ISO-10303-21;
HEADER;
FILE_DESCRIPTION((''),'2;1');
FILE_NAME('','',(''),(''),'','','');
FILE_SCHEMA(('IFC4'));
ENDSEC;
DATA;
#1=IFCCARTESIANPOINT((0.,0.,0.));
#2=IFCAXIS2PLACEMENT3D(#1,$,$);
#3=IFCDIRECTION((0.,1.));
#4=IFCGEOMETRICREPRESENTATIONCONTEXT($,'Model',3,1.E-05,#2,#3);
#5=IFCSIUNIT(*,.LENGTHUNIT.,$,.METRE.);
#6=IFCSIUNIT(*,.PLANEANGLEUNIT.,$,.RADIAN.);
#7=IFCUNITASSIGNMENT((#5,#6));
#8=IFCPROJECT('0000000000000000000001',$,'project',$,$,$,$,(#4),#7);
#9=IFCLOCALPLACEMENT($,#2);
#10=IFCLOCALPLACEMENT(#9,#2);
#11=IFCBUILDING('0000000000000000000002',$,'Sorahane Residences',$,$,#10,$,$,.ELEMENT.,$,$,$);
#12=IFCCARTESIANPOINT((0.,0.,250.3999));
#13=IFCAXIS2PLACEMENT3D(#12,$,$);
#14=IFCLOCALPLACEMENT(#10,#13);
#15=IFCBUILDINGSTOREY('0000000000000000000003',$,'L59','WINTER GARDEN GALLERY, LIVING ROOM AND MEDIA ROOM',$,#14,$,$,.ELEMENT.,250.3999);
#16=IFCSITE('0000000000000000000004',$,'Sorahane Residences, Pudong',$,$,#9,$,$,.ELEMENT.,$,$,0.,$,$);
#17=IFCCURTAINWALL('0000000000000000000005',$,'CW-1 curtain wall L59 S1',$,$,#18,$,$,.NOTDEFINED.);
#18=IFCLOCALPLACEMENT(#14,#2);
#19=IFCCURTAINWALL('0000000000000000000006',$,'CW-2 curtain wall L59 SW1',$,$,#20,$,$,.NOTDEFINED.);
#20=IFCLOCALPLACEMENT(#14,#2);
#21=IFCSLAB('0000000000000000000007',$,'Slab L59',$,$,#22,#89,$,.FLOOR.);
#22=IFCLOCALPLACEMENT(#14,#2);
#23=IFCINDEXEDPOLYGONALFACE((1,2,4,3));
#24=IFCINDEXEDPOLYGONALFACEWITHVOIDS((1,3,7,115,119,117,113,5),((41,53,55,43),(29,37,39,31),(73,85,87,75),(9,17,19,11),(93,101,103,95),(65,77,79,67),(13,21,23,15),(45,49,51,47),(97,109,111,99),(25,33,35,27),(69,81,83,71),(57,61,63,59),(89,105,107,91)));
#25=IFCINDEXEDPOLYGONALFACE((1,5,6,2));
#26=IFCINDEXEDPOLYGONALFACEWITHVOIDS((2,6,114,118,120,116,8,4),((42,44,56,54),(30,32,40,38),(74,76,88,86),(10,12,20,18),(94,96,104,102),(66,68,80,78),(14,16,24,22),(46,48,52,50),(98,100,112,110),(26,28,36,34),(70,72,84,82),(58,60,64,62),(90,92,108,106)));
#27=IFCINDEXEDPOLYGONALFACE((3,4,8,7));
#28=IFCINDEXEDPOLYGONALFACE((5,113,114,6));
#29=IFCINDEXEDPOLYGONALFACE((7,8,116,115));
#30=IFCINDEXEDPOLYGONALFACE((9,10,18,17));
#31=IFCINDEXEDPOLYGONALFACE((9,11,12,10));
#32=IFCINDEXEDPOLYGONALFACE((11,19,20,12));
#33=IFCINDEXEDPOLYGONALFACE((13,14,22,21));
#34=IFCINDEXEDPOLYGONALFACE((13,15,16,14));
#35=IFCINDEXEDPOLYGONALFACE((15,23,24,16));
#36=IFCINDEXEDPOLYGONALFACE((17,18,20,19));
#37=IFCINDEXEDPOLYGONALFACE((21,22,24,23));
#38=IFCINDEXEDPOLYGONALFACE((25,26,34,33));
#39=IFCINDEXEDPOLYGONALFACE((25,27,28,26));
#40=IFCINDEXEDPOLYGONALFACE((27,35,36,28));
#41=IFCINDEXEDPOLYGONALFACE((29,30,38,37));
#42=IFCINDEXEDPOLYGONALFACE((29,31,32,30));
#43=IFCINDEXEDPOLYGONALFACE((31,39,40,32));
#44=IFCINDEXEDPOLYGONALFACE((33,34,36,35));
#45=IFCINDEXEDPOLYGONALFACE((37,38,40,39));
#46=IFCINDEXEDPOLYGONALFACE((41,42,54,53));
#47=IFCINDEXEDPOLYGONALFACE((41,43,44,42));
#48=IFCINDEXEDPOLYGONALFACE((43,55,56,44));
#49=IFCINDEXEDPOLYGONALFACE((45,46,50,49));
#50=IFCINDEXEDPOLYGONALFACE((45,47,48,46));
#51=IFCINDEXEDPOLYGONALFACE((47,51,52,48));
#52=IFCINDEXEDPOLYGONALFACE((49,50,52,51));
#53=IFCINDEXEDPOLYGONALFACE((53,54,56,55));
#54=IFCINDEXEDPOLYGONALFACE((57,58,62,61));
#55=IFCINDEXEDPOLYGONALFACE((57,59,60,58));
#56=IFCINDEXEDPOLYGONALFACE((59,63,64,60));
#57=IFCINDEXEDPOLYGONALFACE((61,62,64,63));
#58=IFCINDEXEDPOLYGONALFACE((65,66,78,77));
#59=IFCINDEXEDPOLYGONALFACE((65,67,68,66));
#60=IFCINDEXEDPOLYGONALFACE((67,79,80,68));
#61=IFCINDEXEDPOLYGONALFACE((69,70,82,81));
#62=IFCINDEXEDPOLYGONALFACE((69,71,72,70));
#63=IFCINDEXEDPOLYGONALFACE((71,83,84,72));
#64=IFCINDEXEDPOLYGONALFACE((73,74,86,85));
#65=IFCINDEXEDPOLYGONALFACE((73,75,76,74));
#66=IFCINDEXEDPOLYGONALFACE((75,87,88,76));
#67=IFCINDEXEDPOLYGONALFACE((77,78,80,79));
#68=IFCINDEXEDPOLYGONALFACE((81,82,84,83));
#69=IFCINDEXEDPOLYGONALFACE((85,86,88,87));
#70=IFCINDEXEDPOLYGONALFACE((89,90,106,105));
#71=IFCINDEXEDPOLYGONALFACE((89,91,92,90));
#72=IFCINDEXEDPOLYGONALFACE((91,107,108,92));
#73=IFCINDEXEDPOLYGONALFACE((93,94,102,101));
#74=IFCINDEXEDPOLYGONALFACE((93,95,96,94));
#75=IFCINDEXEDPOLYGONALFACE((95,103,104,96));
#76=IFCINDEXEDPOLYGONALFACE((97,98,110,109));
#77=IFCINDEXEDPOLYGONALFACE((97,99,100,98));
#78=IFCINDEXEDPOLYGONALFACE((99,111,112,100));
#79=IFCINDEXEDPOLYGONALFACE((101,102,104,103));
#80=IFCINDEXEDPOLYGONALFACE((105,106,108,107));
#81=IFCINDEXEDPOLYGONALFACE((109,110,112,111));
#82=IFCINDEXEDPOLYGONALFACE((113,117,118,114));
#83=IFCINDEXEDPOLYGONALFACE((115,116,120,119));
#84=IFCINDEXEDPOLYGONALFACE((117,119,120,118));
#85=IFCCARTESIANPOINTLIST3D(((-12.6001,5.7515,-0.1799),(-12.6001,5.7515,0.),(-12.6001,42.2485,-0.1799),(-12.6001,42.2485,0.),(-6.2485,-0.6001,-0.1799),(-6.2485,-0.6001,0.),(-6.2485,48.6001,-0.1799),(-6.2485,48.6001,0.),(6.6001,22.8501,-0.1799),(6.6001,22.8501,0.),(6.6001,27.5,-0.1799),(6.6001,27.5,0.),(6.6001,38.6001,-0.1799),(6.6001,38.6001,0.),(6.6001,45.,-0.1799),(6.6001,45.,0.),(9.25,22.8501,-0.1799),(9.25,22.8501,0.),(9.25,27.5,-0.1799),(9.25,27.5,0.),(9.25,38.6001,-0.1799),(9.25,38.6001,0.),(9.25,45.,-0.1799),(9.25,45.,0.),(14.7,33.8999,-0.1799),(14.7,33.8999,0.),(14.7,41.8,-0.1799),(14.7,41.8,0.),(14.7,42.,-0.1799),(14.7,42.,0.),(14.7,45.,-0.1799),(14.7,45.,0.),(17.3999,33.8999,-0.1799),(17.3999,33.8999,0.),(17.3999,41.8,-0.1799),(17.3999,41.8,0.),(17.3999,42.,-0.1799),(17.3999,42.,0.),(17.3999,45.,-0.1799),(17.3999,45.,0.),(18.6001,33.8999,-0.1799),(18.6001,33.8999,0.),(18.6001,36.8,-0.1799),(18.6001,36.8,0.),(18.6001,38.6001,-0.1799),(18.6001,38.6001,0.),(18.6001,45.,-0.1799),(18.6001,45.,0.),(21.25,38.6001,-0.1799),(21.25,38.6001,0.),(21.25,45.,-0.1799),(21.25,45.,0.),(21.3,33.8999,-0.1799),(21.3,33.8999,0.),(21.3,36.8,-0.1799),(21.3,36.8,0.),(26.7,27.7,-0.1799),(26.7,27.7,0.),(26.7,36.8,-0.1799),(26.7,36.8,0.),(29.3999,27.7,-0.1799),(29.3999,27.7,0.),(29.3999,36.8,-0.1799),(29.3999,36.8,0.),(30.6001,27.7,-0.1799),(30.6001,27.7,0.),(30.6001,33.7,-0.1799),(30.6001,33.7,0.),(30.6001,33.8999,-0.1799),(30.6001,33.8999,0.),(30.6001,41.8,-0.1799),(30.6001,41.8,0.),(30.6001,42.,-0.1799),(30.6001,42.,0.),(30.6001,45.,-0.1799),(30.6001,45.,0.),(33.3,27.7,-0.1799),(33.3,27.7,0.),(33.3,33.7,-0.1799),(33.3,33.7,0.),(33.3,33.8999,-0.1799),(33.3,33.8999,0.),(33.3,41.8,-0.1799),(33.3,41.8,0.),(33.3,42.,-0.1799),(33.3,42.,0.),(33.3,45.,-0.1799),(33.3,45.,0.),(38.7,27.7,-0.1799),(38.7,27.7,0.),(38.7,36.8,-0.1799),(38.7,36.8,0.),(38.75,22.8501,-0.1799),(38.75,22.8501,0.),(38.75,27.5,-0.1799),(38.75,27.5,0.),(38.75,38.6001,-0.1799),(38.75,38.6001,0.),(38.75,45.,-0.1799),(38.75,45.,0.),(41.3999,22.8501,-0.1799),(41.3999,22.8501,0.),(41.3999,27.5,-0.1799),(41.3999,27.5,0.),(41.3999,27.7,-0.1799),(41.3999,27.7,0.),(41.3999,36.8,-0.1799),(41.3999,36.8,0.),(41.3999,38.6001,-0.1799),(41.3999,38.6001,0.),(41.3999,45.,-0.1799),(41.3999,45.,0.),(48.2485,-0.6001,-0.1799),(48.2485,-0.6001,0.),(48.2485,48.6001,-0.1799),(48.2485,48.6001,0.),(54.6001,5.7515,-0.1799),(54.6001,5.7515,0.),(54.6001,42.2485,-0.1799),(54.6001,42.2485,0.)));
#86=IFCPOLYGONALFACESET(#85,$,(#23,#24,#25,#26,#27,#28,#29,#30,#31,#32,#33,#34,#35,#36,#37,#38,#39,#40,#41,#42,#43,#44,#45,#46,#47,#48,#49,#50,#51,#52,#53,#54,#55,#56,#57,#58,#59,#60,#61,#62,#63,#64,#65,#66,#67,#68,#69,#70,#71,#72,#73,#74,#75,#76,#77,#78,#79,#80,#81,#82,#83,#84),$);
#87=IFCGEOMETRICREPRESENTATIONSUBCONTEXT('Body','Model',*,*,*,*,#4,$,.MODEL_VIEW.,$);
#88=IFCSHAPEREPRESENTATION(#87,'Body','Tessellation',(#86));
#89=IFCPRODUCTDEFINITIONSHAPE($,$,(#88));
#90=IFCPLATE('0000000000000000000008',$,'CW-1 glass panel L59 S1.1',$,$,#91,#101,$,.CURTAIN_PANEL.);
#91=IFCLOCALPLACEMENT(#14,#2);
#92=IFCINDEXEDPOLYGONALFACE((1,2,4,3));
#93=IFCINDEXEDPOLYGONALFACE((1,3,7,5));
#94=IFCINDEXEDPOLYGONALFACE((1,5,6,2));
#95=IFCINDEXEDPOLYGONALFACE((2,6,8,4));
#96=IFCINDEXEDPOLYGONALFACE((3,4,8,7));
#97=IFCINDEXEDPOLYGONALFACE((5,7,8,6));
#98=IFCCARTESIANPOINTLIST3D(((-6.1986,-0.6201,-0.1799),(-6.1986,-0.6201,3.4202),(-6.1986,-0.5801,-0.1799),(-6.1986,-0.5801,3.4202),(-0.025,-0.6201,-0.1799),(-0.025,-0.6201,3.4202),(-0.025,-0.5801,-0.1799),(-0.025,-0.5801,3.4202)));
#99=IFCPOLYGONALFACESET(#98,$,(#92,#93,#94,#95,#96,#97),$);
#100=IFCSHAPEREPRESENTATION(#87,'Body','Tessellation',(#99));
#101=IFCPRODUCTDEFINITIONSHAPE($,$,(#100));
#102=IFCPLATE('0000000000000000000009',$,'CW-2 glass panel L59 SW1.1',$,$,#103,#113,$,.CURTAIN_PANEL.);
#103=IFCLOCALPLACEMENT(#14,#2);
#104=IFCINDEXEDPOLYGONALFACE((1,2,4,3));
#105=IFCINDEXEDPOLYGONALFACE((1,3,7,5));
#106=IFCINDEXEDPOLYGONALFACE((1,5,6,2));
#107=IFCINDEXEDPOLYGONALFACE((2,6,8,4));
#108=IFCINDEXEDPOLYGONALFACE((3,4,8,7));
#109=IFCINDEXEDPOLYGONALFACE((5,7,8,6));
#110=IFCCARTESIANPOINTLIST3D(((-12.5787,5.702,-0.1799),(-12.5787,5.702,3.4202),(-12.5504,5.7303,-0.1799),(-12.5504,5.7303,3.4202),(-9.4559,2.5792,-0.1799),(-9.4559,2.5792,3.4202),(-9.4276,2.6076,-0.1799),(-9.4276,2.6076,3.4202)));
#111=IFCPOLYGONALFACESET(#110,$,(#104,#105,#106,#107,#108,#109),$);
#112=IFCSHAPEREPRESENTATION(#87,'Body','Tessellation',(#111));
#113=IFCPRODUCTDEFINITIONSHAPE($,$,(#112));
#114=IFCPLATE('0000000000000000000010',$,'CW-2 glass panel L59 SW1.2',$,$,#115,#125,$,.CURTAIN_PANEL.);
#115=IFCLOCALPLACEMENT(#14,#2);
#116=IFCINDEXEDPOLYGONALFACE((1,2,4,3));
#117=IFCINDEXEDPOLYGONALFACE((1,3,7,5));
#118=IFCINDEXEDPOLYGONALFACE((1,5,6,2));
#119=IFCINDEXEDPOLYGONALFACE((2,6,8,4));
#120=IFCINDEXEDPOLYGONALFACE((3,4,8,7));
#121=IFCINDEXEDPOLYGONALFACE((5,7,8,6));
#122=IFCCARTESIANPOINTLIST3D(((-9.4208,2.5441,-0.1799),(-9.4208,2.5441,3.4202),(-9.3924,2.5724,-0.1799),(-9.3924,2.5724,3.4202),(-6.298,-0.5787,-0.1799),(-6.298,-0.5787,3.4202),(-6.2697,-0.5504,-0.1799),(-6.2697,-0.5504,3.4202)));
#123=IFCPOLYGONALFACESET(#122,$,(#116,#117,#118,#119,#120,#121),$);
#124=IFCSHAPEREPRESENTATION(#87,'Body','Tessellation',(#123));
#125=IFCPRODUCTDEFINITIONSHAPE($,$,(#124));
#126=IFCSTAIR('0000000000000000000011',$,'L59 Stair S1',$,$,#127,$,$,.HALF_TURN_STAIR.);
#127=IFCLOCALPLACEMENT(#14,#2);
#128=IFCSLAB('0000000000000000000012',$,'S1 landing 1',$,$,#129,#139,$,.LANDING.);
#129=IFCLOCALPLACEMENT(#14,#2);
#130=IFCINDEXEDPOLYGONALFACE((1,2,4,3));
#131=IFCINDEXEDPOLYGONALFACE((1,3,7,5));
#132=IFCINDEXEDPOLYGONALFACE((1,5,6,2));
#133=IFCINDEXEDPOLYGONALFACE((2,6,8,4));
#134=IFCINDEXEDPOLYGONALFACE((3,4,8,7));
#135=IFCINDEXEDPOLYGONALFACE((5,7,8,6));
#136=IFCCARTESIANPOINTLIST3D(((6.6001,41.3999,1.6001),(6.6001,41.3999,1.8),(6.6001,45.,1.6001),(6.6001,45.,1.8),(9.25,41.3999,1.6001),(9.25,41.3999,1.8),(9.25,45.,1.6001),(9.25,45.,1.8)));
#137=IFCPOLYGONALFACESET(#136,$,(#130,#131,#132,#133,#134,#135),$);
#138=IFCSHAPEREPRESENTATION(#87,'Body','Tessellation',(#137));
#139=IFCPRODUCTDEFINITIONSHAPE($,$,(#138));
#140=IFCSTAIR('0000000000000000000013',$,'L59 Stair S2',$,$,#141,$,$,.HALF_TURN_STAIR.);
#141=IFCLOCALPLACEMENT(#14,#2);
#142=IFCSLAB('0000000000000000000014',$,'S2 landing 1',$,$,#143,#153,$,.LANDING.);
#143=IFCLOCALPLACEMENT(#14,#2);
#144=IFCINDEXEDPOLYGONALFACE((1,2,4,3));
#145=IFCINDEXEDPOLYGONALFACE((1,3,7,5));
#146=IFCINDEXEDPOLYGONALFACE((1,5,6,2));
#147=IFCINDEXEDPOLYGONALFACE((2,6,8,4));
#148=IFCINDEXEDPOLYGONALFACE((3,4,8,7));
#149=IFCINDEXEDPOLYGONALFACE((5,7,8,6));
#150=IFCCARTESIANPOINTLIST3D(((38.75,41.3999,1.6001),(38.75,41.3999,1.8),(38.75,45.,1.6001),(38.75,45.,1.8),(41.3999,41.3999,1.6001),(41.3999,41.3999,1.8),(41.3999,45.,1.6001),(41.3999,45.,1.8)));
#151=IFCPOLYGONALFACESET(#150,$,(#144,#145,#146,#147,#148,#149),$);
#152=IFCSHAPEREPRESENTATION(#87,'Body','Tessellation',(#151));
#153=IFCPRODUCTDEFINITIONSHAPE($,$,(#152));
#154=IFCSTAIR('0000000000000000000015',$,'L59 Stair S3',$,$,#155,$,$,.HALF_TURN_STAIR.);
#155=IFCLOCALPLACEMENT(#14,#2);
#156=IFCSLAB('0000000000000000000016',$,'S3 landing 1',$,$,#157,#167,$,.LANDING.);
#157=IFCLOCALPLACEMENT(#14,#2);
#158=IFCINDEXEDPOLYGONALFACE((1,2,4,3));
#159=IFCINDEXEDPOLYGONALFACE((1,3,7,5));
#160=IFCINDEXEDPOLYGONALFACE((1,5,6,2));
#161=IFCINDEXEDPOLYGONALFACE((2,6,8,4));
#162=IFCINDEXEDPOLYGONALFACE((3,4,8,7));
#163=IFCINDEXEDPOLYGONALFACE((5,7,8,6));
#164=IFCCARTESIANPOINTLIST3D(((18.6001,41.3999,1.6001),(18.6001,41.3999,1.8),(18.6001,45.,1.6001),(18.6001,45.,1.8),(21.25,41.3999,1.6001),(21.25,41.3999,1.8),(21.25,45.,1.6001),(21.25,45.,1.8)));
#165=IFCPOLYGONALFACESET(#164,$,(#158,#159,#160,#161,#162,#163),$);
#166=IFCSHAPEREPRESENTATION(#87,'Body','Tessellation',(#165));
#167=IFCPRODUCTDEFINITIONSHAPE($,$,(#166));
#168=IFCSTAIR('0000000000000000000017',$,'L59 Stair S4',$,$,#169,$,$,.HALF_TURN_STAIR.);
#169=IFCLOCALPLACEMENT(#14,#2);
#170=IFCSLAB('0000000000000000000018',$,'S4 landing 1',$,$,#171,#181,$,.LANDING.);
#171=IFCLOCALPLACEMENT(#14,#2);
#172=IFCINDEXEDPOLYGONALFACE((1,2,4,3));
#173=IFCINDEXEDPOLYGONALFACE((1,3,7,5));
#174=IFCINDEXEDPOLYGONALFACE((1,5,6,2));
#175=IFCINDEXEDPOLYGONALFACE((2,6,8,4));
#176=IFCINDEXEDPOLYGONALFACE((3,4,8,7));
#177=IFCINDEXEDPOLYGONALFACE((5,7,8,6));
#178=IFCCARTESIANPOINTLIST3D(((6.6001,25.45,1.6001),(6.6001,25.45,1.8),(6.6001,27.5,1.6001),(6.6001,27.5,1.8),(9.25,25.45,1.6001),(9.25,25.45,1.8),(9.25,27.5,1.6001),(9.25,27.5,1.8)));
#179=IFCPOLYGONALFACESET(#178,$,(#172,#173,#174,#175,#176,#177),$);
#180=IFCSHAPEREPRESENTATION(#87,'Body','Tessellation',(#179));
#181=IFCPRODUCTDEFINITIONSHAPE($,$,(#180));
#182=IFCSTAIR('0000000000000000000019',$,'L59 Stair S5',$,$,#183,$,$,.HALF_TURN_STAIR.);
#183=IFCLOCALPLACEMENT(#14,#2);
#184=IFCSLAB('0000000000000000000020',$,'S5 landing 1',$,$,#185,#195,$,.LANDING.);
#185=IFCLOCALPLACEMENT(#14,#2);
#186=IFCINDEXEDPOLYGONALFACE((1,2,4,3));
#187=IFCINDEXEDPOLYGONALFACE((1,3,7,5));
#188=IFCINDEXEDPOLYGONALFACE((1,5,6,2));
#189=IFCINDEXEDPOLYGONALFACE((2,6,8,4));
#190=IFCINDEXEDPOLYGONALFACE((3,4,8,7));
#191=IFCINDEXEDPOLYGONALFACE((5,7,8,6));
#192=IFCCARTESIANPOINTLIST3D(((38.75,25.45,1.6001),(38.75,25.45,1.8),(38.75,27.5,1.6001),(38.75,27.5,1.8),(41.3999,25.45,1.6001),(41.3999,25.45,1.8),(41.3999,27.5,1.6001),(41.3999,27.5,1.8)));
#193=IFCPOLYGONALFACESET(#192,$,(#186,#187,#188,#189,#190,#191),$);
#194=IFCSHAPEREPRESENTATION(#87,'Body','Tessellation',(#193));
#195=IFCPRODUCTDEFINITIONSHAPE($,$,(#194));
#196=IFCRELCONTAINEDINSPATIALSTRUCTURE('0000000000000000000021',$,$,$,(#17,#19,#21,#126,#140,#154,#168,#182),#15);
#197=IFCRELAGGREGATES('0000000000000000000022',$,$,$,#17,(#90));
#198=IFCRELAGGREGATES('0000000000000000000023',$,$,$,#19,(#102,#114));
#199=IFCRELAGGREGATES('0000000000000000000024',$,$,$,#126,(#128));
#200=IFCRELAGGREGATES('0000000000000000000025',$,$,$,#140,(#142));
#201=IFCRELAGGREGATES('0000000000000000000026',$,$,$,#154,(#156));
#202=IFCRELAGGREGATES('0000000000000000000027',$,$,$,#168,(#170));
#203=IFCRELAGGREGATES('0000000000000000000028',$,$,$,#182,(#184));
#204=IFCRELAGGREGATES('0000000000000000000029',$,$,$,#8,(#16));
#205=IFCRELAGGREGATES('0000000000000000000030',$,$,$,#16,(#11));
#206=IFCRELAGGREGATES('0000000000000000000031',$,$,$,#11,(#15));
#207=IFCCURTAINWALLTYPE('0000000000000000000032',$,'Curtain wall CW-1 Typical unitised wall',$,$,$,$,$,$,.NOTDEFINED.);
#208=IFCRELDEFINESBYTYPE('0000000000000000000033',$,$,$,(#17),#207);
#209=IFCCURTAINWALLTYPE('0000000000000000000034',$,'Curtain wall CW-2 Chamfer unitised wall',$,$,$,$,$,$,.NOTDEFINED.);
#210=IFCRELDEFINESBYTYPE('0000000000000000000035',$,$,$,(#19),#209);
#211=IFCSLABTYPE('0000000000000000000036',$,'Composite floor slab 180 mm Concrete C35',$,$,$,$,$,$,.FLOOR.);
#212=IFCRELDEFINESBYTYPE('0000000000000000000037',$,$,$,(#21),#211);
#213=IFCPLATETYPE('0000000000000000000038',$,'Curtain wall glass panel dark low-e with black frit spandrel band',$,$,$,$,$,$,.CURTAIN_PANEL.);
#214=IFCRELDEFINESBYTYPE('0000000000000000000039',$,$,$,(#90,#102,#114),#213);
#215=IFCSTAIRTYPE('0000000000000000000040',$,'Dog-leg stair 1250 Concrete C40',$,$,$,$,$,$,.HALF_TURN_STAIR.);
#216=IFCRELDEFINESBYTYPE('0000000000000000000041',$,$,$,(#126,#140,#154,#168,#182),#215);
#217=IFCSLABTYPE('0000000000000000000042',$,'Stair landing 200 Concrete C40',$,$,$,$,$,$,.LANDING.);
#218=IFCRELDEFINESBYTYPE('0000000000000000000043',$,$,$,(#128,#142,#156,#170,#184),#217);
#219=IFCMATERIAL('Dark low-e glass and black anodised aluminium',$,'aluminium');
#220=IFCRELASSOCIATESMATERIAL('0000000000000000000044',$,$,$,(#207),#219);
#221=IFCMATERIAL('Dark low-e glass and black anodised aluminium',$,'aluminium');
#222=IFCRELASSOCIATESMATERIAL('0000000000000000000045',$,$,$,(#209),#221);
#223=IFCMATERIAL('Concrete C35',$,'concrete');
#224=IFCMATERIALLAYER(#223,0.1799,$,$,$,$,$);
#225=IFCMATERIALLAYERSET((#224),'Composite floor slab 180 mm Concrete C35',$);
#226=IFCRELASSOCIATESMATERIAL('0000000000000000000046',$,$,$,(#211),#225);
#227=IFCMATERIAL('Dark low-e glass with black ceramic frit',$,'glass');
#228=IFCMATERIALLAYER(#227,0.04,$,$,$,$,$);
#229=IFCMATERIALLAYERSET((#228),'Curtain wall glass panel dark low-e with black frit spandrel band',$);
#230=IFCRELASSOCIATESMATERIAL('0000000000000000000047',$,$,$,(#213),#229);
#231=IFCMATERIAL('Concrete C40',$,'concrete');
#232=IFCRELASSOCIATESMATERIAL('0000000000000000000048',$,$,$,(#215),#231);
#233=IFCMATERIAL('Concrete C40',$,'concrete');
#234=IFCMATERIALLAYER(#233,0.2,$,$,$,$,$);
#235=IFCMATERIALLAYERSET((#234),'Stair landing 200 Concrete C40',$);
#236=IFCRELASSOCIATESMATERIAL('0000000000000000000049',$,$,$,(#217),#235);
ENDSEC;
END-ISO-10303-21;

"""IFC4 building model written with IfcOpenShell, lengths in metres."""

from ifc_helpers import new_model, si_unit, direction, frame, origin, origin_2d, place, context, subcontext, project, spatial, polyline, rectangle, outline, extrude, material, layer, layer_set, type_object, element, aggregate, save


model = new_model("IFC4")

# Units and contexts
model_context = context("Model", 3, precision=1e-05, world=origin(), true_north=direction((0.0, 1.0)))
body_context = subcontext(model_context, "Body", "Model", "MODEL_VIEW")
ifc_project = project(units=[si_unit("LENGTHUNIT", "METRE"), si_unit("PLANEANGLEUNIT", "RADIAN")], contexts=[model_context])

# Site, building, storey
site_placement = place(None, origin())
site = spatial("IfcSite", under=ifc_project, at=site_placement, Name="Sorahane Residences, Pudong", CompositionType="ELEMENT", RefElevation=0.0)
building_placement = place(site_placement, origin())
building = spatial("IfcBuilding", under=site, at=building_placement, Name="Sorahane Residences", CompositionType="ELEMENT")
storey_placement = place(building_placement, frame((0.0, 0.0, 250.3999)))
storey = spatial("IfcBuildingStorey", under=building, at=storey_placement, Name="L59", Description="WINTER GARDEN GALLERY, LIVING ROOM AND MEDIA ROOM", CompositionType="ELEMENT", Elevation=250.3999)

# Curtain wall
ifc_material_1 = material(Name="Dark low-e glass and black anodised aluminium", Category="aluminium")
curtain_wall_type_1 = type_object("IfcCurtainWallType", Name="Curtain wall CW-1 Typical unitised wall", PredefinedType="NOTDEFINED", material=ifc_material_1)
curtain_wall_1_placement = place(storey_placement, origin())
curtain_wall_1 = element("IfcCurtainWall", 1, at=curtain_wall_1_placement, inside=storey, type_object=curtain_wall_type_1, Name="CW-1 curtain wall L59 S1", PredefinedType="NOTDEFINED")

# Curtain wall
ifc_material_2 = material(Name="Dark low-e glass and black anodised aluminium", Category="aluminium")
curtain_wall_type_2 = type_object("IfcCurtainWallType", Name="Curtain wall CW-2 Chamfer unitised wall", PredefinedType="NOTDEFINED", material=ifc_material_2)
curtain_wall_2_placement = place(storey_placement, origin())
curtain_wall_2 = element("IfcCurtainWall", 2, at=curtain_wall_2_placement, inside=storey, type_object=curtain_wall_type_2, Name="CW-2 curtain wall L59 SW1", PredefinedType="NOTDEFINED")

# Slab
ifc_material_3 = material(Name="Concrete C35", Category="concrete")
ifc_layer_1 = layer(ifc_material_3, 0.1799)
ifc_layer_set_1 = layer_set([ifc_layer_1], Name="Composite floor slab 180 mm Concrete C35")
slab_type_1 = type_object("IfcSlabType", Name="Composite floor slab 180 mm Concrete C35", PredefinedType="FLOOR", material=ifc_layer_set_1)
slab_1_placement = place(storey_placement, frame((0.0, 0.0, -0.1799)))
element("IfcSlab", 3, at=slab_1_placement, inside=storey, type_object=slab_type_1, Name="Slab L59", PredefinedType="FLOOR", context=body_context, shape_type="SweptSolid", body=[
    extrude(outline(polyline([(-6.2485, -0.6001), (-12.6001, 5.7515), (-12.6001, 42.2485), (-6.2485, 48.6001), (48.2485, 48.6001), (54.6001, 42.2485), (54.6001, 5.7515), (48.2485, -0.6001), (-6.2485, -0.6001)]), holes=[polyline([(38.7, 27.7), (41.3999, 27.7), (41.3999, 36.8), (38.7, 36.8), (38.7, 27.7)]), polyline([(30.6001, 27.7), (33.3, 27.7), (33.3, 33.7), (30.6001, 33.7), (30.6001, 27.7)]), polyline([(30.6001, 42.0), (33.3, 42.0), (33.3, 45.0), (30.6001, 45.0), (30.6001, 42.0)]), polyline([(14.7, 42.0), (17.3999, 42.0), (17.3999, 45.0), (14.7, 45.0), (14.7, 42.0)]), polyline([(9.25, 38.6001), (9.25, 45.0), (6.6001, 45.0), (6.6001, 38.6001), (9.25, 38.6001)]), polyline([(41.3999, 38.6001), (41.3999, 45.0), (38.75, 45.0), (38.75, 38.6001), (41.3999, 38.6001)]), polyline([(21.25, 38.6001), (21.25, 45.0), (18.6001, 45.0), (18.6001, 38.6001), (21.25, 38.6001)]), polyline([(9.25, 22.8501), (9.25, 27.5), (6.6001, 27.5), (6.6001, 22.8501), (9.25, 22.8501)]), polyline([(41.3999, 22.8501), (41.3999, 27.5), (38.75, 27.5), (38.75, 22.8501), (41.3999, 22.8501)]), polyline([(14.7, 33.8999), (17.3999, 33.8999), (17.3999, 41.8), (14.7, 41.8), (14.7, 33.8999)]), polyline([(30.6001, 33.8999), (33.3, 33.8999), (33.3, 41.8), (30.6001, 41.8), (30.6001, 33.8999)]), polyline([(18.6001, 33.8999), (21.3, 33.8999), (21.3, 36.8), (18.6001, 36.8), (18.6001, 33.8999)]), polyline([(26.7, 27.7), (29.3999, 27.7), (29.3999, 36.8), (26.7, 36.8), (26.7, 27.7)])]), origin(), (0.0, 0.0, 1.0), 0.1799),
])

# Plates
ifc_material_4 = material(Name="Dark low-e glass with black ceramic frit", Category="glass")
ifc_layer_2 = layer(ifc_material_4, 0.04)
ifc_layer_set_2 = layer_set([ifc_layer_2], Name="Curtain wall glass panel dark low-e with black frit spandrel band")
plate_type = type_object("IfcPlateType", Name="Curtain wall glass panel dark low-e with black frit spandrel band", PredefinedType="CURTAIN_PANEL", material=ifc_layer_set_2)
plate_1_placement = place(storey_placement, frame((-3.1118, -0.6001, -0.1799), z_axis=(0.0, 0.0, 1.0), x_axis=(1.0, 0.0, 0.0)))
plate_1 = element("IfcPlate", 4, at=plate_1_placement, type_object=plate_type, Name="CW-1 glass panel L59 S1.1", PredefinedType="CURTAIN_PANEL", context=body_context, shape_type="SweptSolid", body=[
    extrude(rectangle(XDim=6.1736, YDim=0.04, at=origin_2d()), origin(), (0.0, 0.0, 1.0), 3.6001),
])
aggregate(curtain_wall_1, [plate_1])
plate_2_placement = place(storey_placement, frame((-11.0032, 4.1548, -0.1799), z_axis=(0.0, 0.0, 1.0), x_axis=(0.707107, -0.707107, 0.0)))
plate_2 = element("IfcPlate", 5, at=plate_2_placement, type_object=plate_type, Name="CW-2 glass panel L59 SW1.1", PredefinedType="CURTAIN_PANEL", context=body_context, shape_type="SweptSolid", body=[
    extrude(rectangle(XDim=4.4163, YDim=0.04, at=origin_2d()), origin(), (0.0, 0.0, 1.0), 3.6001),
])
plate_3_placement = place(storey_placement, frame((-7.8452, 0.9968, -0.1799), z_axis=(0.0, 0.0, 1.0), x_axis=(0.707107, -0.707107, 0.0)))
plate_3 = element("IfcPlate", 6, at=plate_3_placement, type_object=plate_type, Name="CW-2 glass panel L59 SW1.2", PredefinedType="CURTAIN_PANEL", context=body_context, shape_type="SweptSolid", body=[
    extrude(rectangle(XDim=4.4163, YDim=0.04, at=origin_2d()), origin(), (0.0, 0.0, 1.0), 3.6001),
])
aggregate(curtain_wall_2, [plate_2, plate_3])

# Stairs, slabs
ifc_material_5 = material(Name="Concrete C40", Category="concrete")
stair_type = type_object("IfcStairType", Name="Dog-leg stair 1250 Concrete C40", PredefinedType="HALF_TURN_STAIR", material=ifc_material_5)
stair_1_placement = place(storey_placement, origin())
stair_1 = element("IfcStair", 7, at=stair_1_placement, inside=storey, type_object=stair_type, Name="L59 Stair S1", PredefinedType="HALF_TURN_STAIR")
ifc_material_6 = material(Name="Concrete C40", Category="concrete")
ifc_layer_3 = layer(ifc_material_6, 0.2)
ifc_layer_set_3 = layer_set([ifc_layer_3], Name="Stair landing 200 Concrete C40")
slab_type_2 = type_object("IfcSlabType", Name="Stair landing 200 Concrete C40", PredefinedType="LANDING", material=ifc_layer_set_3)
slab_2_placement = place(storey_placement, frame((0.0, 0.0, 1.6001)))
slab_2 = element("IfcSlab", 8, at=slab_2_placement, type_object=slab_type_2, Name="S1 landing 1", PredefinedType="LANDING", context=body_context, shape_type="SweptSolid", body=[
    extrude(outline(polyline([(9.25, 41.3999), (9.25, 45.0), (6.6001, 45.0), (6.6001, 41.3999), (9.25, 41.3999)])), origin(), (0.0, 0.0, 1.0), 0.2),
])
aggregate(stair_1, [slab_2])
stair_2_placement = place(storey_placement, origin())
stair_2 = element("IfcStair", 9, at=stair_2_placement, inside=storey, type_object=stair_type, Name="L59 Stair S2", PredefinedType="HALF_TURN_STAIR")
slab_3_placement = place(storey_placement, frame((0.0, 0.0, 1.6001)))
slab_3 = element("IfcSlab", 10, at=slab_3_placement, type_object=slab_type_2, Name="S2 landing 1", PredefinedType="LANDING", context=body_context, shape_type="SweptSolid", body=[
    extrude(outline(polyline([(41.3999, 41.3999), (41.3999, 45.0), (38.75, 45.0), (38.75, 41.3999), (41.3999, 41.3999)])), origin(), (0.0, 0.0, 1.0), 0.2),
])
aggregate(stair_2, [slab_3])
stair_3_placement = place(storey_placement, origin())
stair_3 = element("IfcStair", 11, at=stair_3_placement, inside=storey, type_object=stair_type, Name="L59 Stair S3", PredefinedType="HALF_TURN_STAIR")
slab_4_placement = place(storey_placement, frame((0.0, 0.0, 1.6001)))
slab_4 = element("IfcSlab", 12, at=slab_4_placement, type_object=slab_type_2, Name="S3 landing 1", PredefinedType="LANDING", context=body_context, shape_type="SweptSolid", body=[
    extrude(outline(polyline([(21.25, 41.3999), (21.25, 45.0), (18.6001, 45.0), (18.6001, 41.3999), (21.25, 41.3999)])), origin(), (0.0, 0.0, 1.0), 0.2),
])
aggregate(stair_3, [slab_4])
stair_4_placement = place(storey_placement, origin())
stair_4 = element("IfcStair", 13, at=stair_4_placement, inside=storey, type_object=stair_type, Name="L59 Stair S4", PredefinedType="HALF_TURN_STAIR")
slab_5_placement = place(storey_placement, frame((0.0, 0.0, 1.6001)))
slab_5 = element("IfcSlab", 14, at=slab_5_placement, type_object=slab_type_2, Name="S4 landing 1", PredefinedType="LANDING", context=body_context, shape_type="SweptSolid", body=[
    extrude(outline(polyline([(9.25, 25.45), (9.25, 27.5), (6.6001, 27.5), (6.6001, 25.45), (9.25, 25.45)])), origin(), (0.0, 0.0, 1.0), 0.2),
])
aggregate(stair_4, [slab_5])
stair_5_placement = place(storey_placement, origin())
stair_5 = element("IfcStair", 15, at=stair_5_placement, inside=storey, type_object=stair_type, Name="L59 Stair S5", PredefinedType="HALF_TURN_STAIR")
slab_6_placement = place(storey_placement, frame((0.0, 0.0, 1.6001)))
slab_6 = element("IfcSlab", 16, at=slab_6_placement, type_object=slab_type_2, Name="S5 landing 1", PredefinedType="LANDING", context=body_context, shape_type="SweptSolid", body=[
    extrude(outline(polyline([(41.3999, 25.45), (41.3999, 27.5), (38.75, 27.5), (38.75, 25.45), (41.3999, 25.45)])), origin(), (0.0, 0.0, 1.0), 0.2),
])
aggregate(stair_5, [slab_6])

save(model, "model.ifc")
